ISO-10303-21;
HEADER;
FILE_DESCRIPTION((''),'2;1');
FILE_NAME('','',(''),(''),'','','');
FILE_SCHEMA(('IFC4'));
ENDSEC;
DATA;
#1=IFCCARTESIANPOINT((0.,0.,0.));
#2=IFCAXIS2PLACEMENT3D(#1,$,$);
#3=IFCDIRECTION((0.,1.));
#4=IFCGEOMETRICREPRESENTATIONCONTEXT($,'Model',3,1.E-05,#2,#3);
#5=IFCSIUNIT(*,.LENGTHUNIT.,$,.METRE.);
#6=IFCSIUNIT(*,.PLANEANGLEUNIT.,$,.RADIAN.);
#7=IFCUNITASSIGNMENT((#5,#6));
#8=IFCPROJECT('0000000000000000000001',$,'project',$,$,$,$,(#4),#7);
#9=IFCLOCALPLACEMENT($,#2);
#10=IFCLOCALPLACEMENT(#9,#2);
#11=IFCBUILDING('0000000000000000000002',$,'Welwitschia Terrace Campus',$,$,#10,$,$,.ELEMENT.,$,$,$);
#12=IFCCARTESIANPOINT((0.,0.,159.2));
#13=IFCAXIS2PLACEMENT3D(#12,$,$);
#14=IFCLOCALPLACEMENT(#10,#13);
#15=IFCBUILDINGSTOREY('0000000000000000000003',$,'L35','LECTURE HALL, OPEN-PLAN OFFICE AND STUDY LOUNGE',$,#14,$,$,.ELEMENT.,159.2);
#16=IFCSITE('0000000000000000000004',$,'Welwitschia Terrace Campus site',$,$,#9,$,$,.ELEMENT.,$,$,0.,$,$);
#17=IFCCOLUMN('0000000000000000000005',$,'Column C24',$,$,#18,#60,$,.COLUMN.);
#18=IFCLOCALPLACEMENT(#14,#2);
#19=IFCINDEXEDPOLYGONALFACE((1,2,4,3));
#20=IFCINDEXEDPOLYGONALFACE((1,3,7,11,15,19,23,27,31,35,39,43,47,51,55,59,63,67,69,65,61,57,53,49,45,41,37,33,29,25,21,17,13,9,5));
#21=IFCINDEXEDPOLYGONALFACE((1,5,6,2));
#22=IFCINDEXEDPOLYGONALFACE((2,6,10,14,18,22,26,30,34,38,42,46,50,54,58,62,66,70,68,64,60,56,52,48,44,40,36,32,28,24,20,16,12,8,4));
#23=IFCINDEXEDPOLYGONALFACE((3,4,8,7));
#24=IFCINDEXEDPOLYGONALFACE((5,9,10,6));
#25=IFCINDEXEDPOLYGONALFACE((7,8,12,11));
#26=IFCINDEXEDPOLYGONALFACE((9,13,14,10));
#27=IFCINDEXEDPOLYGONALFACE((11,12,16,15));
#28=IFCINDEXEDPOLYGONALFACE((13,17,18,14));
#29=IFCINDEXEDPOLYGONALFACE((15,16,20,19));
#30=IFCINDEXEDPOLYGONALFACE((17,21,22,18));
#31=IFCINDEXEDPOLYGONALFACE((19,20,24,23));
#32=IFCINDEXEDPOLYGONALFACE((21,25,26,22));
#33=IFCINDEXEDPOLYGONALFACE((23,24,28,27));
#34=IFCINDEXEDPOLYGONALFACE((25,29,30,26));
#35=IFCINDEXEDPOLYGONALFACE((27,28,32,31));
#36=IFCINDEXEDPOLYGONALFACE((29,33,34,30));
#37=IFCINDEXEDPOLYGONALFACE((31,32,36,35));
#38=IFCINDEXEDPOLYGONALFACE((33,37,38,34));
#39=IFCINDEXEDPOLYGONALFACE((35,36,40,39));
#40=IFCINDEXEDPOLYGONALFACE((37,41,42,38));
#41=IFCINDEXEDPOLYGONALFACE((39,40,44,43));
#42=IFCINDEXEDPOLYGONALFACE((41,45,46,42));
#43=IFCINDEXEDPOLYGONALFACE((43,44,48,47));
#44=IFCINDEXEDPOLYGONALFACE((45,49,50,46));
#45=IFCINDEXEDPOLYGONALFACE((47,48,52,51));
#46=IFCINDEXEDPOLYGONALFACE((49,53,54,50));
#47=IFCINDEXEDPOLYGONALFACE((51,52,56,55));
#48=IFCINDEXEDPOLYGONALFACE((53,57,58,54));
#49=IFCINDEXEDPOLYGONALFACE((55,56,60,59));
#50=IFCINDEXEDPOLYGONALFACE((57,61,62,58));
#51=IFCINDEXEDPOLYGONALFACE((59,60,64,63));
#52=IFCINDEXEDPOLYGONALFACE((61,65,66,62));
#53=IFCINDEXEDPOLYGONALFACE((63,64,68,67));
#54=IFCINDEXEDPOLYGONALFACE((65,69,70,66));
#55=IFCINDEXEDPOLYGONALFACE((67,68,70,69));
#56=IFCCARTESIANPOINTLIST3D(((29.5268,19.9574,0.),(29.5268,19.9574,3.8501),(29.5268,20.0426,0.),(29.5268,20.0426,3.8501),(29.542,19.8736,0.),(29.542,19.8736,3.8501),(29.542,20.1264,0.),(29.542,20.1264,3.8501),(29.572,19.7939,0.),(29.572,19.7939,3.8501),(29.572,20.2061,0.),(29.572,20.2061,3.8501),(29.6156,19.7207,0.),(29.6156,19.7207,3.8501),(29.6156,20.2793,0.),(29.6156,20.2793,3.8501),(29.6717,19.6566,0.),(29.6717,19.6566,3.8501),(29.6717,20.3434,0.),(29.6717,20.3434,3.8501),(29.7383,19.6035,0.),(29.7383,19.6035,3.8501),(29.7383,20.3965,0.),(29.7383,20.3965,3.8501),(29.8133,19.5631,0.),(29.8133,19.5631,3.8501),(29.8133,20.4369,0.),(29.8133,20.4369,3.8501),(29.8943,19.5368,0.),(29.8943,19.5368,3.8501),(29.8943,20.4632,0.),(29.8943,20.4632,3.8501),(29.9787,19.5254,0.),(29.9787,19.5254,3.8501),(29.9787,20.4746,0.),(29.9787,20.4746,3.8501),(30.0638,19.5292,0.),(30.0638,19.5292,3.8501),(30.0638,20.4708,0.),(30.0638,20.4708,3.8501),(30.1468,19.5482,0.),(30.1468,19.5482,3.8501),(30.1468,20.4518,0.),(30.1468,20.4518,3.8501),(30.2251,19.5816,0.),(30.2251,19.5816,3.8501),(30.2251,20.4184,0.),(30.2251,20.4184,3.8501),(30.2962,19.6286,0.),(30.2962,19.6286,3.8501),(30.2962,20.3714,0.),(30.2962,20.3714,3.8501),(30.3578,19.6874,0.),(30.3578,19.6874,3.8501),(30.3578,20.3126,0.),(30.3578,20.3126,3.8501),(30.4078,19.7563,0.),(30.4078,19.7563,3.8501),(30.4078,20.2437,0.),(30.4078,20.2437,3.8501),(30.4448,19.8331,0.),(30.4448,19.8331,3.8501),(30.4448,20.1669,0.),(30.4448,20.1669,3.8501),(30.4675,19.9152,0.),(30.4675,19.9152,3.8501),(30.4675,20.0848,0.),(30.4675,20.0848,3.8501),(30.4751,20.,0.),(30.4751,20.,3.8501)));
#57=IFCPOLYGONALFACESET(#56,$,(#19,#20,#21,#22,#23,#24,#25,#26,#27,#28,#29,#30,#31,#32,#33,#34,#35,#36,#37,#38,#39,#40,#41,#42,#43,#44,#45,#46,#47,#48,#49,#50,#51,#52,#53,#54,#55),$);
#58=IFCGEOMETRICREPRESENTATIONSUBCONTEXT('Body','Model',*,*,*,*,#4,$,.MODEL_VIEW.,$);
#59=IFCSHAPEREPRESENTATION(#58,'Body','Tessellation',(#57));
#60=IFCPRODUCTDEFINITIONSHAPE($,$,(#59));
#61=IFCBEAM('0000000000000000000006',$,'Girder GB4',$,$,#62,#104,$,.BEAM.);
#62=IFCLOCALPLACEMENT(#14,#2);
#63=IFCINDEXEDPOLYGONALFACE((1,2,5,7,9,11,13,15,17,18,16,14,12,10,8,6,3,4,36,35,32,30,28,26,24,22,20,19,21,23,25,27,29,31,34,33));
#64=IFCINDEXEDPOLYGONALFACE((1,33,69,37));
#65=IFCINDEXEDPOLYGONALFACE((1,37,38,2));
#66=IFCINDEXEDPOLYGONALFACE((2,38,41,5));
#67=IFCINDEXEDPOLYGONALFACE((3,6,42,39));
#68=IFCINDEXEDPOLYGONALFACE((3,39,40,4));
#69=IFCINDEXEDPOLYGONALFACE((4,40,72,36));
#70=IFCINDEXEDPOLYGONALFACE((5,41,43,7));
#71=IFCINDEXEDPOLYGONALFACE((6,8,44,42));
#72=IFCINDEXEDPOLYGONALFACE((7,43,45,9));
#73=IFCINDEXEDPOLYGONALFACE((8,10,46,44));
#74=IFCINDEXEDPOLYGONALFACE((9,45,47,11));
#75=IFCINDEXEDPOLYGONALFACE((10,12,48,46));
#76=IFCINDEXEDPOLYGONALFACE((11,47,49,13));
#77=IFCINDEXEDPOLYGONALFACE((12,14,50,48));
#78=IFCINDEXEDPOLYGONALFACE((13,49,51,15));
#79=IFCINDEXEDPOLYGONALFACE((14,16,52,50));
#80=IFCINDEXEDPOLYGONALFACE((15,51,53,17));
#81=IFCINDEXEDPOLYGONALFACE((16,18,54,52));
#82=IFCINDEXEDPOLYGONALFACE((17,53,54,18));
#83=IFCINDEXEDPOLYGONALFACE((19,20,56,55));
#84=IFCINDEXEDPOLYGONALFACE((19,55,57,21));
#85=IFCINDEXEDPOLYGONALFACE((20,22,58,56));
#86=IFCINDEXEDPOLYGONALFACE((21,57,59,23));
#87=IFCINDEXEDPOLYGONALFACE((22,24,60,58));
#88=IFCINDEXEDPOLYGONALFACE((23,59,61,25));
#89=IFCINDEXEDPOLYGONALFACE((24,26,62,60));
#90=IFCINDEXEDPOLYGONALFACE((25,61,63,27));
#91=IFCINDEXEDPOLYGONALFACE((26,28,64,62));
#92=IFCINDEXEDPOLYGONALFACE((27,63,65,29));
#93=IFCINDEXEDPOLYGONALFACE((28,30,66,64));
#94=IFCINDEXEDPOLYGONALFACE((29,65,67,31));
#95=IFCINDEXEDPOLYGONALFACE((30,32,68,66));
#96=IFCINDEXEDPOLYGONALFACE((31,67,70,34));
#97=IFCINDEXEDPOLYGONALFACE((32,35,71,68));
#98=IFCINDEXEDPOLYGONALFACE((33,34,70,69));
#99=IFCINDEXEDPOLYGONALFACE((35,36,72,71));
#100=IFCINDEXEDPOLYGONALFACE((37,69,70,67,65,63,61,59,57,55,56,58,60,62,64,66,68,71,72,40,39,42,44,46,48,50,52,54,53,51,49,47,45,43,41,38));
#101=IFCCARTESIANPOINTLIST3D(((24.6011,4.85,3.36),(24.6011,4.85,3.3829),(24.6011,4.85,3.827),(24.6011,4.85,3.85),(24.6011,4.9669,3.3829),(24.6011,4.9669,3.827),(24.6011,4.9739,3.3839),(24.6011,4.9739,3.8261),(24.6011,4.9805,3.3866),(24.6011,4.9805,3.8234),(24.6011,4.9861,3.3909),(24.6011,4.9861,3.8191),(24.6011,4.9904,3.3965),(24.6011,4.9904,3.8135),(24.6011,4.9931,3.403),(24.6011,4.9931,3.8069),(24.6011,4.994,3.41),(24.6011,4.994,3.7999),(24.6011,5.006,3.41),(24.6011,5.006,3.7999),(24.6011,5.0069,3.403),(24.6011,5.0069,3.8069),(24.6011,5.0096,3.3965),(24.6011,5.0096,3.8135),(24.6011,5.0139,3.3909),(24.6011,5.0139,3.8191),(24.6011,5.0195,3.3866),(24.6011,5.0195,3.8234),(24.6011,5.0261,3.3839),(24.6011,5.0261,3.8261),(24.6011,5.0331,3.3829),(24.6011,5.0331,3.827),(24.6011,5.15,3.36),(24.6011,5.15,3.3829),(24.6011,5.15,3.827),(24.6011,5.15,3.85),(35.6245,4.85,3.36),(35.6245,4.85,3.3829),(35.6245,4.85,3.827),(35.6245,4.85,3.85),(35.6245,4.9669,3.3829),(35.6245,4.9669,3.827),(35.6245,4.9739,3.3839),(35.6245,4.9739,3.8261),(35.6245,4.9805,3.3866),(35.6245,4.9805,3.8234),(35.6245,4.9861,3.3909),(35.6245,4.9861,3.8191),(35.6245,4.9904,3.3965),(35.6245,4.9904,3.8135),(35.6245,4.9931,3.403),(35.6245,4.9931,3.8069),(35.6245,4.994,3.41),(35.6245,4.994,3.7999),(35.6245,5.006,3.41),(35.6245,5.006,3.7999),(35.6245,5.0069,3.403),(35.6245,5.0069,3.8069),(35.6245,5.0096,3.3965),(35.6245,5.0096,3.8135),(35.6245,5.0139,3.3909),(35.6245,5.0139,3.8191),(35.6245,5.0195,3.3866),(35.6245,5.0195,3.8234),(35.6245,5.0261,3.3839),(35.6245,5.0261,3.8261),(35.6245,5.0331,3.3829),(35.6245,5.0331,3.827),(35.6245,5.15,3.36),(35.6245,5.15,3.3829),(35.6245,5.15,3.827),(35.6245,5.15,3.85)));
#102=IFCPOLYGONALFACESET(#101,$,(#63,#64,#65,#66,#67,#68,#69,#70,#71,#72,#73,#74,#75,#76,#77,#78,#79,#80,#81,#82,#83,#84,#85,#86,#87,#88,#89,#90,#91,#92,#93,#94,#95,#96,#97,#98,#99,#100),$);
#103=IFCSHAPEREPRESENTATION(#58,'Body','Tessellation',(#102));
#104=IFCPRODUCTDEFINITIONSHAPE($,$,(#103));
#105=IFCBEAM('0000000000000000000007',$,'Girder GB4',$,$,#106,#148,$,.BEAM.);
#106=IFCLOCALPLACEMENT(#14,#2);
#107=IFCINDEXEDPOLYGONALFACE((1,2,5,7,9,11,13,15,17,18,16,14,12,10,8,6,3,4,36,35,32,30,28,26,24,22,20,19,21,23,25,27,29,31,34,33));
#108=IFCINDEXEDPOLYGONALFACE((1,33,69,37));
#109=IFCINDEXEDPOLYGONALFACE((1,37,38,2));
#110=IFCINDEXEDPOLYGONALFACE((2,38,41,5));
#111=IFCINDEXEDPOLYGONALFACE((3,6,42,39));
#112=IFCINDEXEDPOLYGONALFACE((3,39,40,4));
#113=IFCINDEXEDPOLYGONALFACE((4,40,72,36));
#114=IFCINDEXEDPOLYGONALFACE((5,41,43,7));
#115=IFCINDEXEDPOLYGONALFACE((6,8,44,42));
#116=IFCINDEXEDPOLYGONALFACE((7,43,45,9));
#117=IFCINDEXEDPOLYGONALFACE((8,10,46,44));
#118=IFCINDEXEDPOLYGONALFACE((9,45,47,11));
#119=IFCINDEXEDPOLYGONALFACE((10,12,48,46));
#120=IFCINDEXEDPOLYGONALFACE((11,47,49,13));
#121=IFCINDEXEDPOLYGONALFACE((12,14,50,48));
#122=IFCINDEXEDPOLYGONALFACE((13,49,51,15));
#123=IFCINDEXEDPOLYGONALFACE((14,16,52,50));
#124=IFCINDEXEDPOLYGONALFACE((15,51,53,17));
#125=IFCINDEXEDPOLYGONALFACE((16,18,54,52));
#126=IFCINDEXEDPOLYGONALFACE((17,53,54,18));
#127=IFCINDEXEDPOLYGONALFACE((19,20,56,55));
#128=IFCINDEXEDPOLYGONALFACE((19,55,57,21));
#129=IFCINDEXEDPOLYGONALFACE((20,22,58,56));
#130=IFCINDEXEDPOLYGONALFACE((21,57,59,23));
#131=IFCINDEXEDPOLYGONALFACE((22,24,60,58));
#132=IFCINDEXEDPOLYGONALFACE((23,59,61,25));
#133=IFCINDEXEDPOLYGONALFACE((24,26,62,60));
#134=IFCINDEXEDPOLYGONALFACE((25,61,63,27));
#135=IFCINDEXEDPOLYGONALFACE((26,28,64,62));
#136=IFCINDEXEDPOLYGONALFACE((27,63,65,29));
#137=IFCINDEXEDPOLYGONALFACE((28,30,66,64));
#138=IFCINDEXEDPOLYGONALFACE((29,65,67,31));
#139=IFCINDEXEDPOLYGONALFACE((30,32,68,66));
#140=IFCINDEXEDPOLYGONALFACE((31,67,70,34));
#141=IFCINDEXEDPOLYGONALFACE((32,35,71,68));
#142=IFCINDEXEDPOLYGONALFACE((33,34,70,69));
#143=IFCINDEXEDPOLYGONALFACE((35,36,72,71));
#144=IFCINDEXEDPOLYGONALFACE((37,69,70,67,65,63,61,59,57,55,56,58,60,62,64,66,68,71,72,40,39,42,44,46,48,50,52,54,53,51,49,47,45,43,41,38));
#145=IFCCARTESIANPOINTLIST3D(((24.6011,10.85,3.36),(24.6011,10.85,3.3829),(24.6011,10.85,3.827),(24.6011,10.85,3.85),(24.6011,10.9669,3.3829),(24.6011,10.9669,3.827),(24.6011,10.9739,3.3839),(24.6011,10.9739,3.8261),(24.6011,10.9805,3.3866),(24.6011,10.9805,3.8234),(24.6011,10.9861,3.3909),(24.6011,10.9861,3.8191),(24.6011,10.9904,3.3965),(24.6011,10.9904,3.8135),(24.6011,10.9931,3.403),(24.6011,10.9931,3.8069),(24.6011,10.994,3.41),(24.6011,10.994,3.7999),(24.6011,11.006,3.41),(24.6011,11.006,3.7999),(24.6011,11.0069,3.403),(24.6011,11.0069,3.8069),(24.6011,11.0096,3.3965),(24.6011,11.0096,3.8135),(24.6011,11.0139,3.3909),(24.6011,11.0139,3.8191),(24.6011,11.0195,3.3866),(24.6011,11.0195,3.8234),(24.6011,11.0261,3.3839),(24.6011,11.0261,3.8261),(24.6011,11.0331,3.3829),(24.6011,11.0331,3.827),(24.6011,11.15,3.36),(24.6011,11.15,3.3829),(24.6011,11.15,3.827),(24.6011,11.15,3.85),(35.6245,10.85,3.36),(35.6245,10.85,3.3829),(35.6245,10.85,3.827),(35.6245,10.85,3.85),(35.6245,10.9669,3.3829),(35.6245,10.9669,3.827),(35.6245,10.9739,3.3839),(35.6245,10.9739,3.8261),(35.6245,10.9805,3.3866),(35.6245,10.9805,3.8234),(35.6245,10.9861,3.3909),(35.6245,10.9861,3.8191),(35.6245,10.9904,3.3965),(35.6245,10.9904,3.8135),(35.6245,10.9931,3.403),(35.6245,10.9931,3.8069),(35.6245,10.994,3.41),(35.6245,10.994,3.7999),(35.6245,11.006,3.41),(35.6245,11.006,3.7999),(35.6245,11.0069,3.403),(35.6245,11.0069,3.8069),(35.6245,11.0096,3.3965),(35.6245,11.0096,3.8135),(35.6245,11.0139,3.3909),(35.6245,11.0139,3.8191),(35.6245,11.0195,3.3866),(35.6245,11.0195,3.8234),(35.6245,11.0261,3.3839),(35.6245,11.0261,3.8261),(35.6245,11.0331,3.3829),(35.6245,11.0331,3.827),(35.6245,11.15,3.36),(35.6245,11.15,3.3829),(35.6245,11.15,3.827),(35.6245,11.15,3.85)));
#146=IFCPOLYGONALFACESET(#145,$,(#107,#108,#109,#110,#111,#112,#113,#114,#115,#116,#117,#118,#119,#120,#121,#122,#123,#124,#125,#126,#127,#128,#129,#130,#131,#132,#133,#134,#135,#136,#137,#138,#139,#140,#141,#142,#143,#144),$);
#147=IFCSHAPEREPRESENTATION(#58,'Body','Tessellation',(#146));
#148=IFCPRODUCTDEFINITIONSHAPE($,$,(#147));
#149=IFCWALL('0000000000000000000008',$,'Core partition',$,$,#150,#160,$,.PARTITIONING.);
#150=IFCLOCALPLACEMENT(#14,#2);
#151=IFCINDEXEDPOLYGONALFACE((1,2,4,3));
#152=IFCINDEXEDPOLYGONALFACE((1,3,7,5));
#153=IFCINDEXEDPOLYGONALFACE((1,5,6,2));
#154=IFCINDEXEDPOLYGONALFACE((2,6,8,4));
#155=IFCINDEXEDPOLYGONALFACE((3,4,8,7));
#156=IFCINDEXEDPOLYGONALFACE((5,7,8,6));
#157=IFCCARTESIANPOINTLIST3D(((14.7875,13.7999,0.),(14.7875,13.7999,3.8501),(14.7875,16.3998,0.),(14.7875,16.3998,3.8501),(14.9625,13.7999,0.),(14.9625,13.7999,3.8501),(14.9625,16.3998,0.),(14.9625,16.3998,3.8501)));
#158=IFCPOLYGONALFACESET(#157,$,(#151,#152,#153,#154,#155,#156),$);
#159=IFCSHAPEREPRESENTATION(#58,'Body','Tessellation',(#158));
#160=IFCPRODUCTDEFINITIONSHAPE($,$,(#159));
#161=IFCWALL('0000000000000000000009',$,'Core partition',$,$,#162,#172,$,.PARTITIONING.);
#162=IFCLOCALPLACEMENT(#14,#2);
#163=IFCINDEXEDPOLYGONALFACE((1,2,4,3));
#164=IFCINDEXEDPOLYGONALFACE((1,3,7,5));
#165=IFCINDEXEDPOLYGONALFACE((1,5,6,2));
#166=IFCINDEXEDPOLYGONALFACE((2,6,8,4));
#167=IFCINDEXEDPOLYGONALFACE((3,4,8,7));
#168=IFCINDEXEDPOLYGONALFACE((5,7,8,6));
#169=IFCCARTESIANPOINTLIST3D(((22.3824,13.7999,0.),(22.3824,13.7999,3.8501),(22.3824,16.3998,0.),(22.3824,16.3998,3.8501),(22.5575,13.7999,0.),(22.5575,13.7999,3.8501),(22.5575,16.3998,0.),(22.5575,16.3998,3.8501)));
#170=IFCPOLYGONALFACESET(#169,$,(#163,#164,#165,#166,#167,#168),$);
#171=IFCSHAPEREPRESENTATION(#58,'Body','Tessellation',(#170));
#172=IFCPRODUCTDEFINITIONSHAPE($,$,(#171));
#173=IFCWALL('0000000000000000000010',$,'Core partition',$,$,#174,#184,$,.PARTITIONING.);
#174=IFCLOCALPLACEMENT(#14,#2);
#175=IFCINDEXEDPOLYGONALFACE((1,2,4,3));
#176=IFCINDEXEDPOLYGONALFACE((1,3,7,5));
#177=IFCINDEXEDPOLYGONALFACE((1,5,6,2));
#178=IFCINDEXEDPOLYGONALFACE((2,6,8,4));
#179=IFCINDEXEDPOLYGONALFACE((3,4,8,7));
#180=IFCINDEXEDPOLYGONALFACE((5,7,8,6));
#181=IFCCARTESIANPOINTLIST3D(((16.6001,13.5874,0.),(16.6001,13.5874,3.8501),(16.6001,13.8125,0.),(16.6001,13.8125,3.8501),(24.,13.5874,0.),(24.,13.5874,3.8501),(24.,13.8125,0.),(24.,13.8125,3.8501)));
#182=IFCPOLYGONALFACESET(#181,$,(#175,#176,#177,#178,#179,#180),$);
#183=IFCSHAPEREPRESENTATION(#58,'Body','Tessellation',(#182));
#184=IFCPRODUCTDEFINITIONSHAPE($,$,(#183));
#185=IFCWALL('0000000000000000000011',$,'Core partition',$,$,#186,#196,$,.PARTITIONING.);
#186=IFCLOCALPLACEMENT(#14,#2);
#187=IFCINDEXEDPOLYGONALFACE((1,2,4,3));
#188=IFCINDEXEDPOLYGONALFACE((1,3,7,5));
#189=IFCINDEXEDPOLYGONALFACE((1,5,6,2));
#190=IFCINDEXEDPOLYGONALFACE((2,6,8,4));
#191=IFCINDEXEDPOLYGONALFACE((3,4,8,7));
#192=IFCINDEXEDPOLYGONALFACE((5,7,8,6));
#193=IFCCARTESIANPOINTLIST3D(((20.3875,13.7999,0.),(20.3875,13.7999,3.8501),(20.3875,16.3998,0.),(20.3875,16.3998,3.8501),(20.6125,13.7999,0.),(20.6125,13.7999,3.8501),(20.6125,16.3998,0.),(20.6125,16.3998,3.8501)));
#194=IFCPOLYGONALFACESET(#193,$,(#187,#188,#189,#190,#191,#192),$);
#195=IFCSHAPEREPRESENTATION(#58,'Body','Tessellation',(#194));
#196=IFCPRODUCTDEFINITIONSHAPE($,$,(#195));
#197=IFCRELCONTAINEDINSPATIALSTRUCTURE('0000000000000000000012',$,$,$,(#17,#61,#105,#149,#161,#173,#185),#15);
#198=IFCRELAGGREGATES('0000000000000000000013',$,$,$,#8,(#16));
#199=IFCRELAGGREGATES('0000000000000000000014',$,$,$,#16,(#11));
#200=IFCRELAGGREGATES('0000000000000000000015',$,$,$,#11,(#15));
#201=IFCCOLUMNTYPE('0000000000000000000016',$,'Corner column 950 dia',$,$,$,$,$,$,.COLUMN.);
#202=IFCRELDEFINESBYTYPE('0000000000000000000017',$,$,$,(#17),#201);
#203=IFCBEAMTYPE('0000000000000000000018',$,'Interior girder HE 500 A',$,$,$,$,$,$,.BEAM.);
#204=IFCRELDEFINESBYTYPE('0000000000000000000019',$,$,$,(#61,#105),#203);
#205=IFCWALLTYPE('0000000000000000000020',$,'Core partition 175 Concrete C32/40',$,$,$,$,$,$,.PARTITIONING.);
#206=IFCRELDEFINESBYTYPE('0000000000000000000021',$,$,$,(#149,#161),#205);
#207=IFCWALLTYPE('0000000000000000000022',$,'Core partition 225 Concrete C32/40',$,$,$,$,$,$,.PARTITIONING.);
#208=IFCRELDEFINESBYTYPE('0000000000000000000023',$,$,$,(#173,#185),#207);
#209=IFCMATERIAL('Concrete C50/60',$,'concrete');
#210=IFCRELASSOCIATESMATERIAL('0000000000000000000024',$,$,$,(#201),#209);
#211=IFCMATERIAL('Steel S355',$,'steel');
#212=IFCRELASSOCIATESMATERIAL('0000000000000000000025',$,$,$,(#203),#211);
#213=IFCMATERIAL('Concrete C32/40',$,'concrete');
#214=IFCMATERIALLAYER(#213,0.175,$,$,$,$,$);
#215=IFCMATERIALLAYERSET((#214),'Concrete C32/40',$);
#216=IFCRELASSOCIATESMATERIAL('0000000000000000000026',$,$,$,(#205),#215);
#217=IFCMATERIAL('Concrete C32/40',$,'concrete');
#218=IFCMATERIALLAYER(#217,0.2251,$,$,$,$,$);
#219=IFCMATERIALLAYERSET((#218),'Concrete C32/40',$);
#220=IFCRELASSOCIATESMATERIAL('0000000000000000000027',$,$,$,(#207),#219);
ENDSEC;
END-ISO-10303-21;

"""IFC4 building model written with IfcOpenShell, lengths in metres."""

from ifc_helpers import new_model, si_unit, direction, frame, frame_2d, origin, origin_2d, place, context, subcontext, project, spatial, rectangle, circle, i_section, extrude, material, layer, layer_set, material_profile, profile_set, type_object, element, save


model = new_model("IFC4")

# Units and contexts
model_context = context("Model", 3, precision=1e-05, world=origin(), true_north=direction((0.0, 1.0)))
body_context = subcontext(model_context, "Body", "Model", "MODEL_VIEW")
ifc_project = project(units=[si_unit("LENGTHUNIT", "METRE"), si_unit("PLANEANGLEUNIT", "RADIAN")], contexts=[model_context])

# Site, building, storey
site_placement = place(None, origin())
site = spatial("IfcSite", under=ifc_project, at=site_placement, Name="Welwitschia Terrace Campus site", CompositionType="ELEMENT", RefElevation=0.0)
building_placement = place(site_placement, origin())
building = spatial("IfcBuilding", under=site, at=building_placement, Name="Welwitschia Terrace Campus", CompositionType="ELEMENT")
storey_placement = place(building_placement, frame((0.0, 0.0, 159.2)))
storey = spatial("IfcBuildingStorey", under=building, at=storey_placement, Name="L35", Description="LECTURE HALL, OPEN-PLAN OFFICE AND STUDY LOUNGE", CompositionType="ELEMENT", Elevation=159.2)

# Column
ifc_material_1 = material(Name="Concrete C50/60", Category="concrete")
ifc_material_profile_1 = material_profile(ifc_material_1, circle(Radius=0.4751, at=origin_2d()))
ifc_profile_set_1 = profile_set([ifc_material_profile_1], Name="Concrete C50/60")
column_type = type_object("IfcColumnType", Name="Corner column 950 dia", PredefinedType="COLUMN", material=ifc_profile_set_1)
column_placement = place(storey_placement, frame((30.0, 20.0, 0.0), z_axis=(0.0, 0.0, 1.0), x_axis=(1.0, 0.0, 0.0)))
element("IfcColumn", 1, at=column_placement, inside=storey, type_object=column_type, Name="Column C24", PredefinedType="COLUMN", context=body_context, shape_type="SweptSolid", body=[
    extrude(circle(Radius=0.4751, at=origin_2d()), origin(), (0.0, 0.0, 1.0), 3.8501),
])

# Beams
ifc_material_2 = material(Name="Steel S355", Category="steel")
ifc_material_profile_2 = material_profile(ifc_material_2, i_section(OverallWidth=0.3, OverallDepth=0.49, WebThickness=0.012, FlangeThickness=0.0229, FilletRadius=0.0271, at=origin_2d()))
ifc_profile_set_2 = profile_set([ifc_material_profile_2], Name="Steel S355")
beam_type = type_object("IfcBeamType", Name="Interior girder HE 500 A", PredefinedType="BEAM", material=ifc_profile_set_2)
for number, where, z_axis, x_axis, name in (
    (2, (24.6011, 5.0, 3.605), (1.0, 0.0, 0.0), (0.0, 1.0, 0.0), "Girder GB4"),
    (3, (24.6011, 11.0, 3.605), (1.0, 0.0, 0.0), (0.0, 1.0, 0.0), "Girder GB4"),
):
    element("IfcBeam", number, at=place(storey_placement, frame(where, z_axis=z_axis, x_axis=x_axis)), inside=storey, type_object=beam_type, Name=name, PredefinedType="BEAM", context=body_context, shape_type="SweptSolid", body=[
        extrude(i_section(OverallWidth=0.3, OverallDepth=0.49, WebThickness=0.012, FlangeThickness=0.0229, FilletRadius=0.0271, at=origin_2d()), origin(), (0.0, 0.0, 1.0), 11.0234),
    ])

# Walls
ifc_material_3 = material(Name="Concrete C32/40", Category="concrete")
ifc_layer_1 = layer(ifc_material_3, 0.175)
ifc_layer_set_1 = layer_set([ifc_layer_1], Name="Concrete C32/40")
wall_type_1 = type_object("IfcWallType", Name="Core partition 175 Concrete C32/40", PredefinedType="PARTITIONING", material=ifc_layer_set_1)
for number, where, z_axis, x_axis, name in (
    (4, (14.875, 13.8, 0.0), (0.0, 0.0, 1.0), (0.0, 1.0, 0.0), "Core partition"),
    (5, (22.47, 13.8, 0.0), (0.0, 0.0, 1.0), (0.0, 1.0, 0.0), "Core partition"),
):
    element("IfcWall", number, at=place(storey_placement, frame(where, z_axis=z_axis, x_axis=x_axis)), inside=storey, type_object=wall_type_1, Name=name, PredefinedType="PARTITIONING", context=body_context, shape_type="SweptSolid", body=[
        extrude(rectangle(XDim=2.5999, YDim=0.175, at=frame_2d((1.2998, 0.0))), origin(), (0.0, 0.0, 1.0), 3.8501),
    ])
ifc_material_4 = material(Name="Concrete C32/40", Category="concrete")
ifc_layer_2 = layer(ifc_material_4, 0.2251)
ifc_layer_set_2 = layer_set([ifc_layer_2], Name="Concrete C32/40")
wall_type_2 = type_object("IfcWallType", Name="Core partition 225 Concrete C32/40", PredefinedType="PARTITIONING", material=ifc_layer_set_2)
wall_1_placement = place(storey_placement, frame((16.6001, 13.7, 0.0), z_axis=(0.0, 0.0, 1.0), x_axis=(1.0, 0.0, 0.0)))
element("IfcWall", 6, at=wall_1_placement, inside=storey, type_object=wall_type_2, Name="Core partition", PredefinedType="PARTITIONING", context=body_context, shape_type="SweptSolid", body=[
    extrude(rectangle(XDim=7.3999, YDim=0.2251, at=frame_2d((3.7, 0.0))), origin(), (0.0, 0.0, 1.0), 3.8501),
])
wall_2_placement = place(storey_placement, frame((20.5, 13.8, 0.0), z_axis=(0.0, 0.0, 1.0), x_axis=(0.0, 1.0, 0.0)))
element("IfcWall", 7, at=wall_2_placement, inside=storey, type_object=wall_type_2, Name="Core partition", PredefinedType="PARTITIONING", context=body_context, shape_type="SweptSolid", body=[
    extrude(rectangle(XDim=2.5999, YDim=0.2251, at=frame_2d((1.2998, 0.0))), origin(), (0.0, 0.0, 1.0), 3.8501),
])

save(model, "model.ifc")
